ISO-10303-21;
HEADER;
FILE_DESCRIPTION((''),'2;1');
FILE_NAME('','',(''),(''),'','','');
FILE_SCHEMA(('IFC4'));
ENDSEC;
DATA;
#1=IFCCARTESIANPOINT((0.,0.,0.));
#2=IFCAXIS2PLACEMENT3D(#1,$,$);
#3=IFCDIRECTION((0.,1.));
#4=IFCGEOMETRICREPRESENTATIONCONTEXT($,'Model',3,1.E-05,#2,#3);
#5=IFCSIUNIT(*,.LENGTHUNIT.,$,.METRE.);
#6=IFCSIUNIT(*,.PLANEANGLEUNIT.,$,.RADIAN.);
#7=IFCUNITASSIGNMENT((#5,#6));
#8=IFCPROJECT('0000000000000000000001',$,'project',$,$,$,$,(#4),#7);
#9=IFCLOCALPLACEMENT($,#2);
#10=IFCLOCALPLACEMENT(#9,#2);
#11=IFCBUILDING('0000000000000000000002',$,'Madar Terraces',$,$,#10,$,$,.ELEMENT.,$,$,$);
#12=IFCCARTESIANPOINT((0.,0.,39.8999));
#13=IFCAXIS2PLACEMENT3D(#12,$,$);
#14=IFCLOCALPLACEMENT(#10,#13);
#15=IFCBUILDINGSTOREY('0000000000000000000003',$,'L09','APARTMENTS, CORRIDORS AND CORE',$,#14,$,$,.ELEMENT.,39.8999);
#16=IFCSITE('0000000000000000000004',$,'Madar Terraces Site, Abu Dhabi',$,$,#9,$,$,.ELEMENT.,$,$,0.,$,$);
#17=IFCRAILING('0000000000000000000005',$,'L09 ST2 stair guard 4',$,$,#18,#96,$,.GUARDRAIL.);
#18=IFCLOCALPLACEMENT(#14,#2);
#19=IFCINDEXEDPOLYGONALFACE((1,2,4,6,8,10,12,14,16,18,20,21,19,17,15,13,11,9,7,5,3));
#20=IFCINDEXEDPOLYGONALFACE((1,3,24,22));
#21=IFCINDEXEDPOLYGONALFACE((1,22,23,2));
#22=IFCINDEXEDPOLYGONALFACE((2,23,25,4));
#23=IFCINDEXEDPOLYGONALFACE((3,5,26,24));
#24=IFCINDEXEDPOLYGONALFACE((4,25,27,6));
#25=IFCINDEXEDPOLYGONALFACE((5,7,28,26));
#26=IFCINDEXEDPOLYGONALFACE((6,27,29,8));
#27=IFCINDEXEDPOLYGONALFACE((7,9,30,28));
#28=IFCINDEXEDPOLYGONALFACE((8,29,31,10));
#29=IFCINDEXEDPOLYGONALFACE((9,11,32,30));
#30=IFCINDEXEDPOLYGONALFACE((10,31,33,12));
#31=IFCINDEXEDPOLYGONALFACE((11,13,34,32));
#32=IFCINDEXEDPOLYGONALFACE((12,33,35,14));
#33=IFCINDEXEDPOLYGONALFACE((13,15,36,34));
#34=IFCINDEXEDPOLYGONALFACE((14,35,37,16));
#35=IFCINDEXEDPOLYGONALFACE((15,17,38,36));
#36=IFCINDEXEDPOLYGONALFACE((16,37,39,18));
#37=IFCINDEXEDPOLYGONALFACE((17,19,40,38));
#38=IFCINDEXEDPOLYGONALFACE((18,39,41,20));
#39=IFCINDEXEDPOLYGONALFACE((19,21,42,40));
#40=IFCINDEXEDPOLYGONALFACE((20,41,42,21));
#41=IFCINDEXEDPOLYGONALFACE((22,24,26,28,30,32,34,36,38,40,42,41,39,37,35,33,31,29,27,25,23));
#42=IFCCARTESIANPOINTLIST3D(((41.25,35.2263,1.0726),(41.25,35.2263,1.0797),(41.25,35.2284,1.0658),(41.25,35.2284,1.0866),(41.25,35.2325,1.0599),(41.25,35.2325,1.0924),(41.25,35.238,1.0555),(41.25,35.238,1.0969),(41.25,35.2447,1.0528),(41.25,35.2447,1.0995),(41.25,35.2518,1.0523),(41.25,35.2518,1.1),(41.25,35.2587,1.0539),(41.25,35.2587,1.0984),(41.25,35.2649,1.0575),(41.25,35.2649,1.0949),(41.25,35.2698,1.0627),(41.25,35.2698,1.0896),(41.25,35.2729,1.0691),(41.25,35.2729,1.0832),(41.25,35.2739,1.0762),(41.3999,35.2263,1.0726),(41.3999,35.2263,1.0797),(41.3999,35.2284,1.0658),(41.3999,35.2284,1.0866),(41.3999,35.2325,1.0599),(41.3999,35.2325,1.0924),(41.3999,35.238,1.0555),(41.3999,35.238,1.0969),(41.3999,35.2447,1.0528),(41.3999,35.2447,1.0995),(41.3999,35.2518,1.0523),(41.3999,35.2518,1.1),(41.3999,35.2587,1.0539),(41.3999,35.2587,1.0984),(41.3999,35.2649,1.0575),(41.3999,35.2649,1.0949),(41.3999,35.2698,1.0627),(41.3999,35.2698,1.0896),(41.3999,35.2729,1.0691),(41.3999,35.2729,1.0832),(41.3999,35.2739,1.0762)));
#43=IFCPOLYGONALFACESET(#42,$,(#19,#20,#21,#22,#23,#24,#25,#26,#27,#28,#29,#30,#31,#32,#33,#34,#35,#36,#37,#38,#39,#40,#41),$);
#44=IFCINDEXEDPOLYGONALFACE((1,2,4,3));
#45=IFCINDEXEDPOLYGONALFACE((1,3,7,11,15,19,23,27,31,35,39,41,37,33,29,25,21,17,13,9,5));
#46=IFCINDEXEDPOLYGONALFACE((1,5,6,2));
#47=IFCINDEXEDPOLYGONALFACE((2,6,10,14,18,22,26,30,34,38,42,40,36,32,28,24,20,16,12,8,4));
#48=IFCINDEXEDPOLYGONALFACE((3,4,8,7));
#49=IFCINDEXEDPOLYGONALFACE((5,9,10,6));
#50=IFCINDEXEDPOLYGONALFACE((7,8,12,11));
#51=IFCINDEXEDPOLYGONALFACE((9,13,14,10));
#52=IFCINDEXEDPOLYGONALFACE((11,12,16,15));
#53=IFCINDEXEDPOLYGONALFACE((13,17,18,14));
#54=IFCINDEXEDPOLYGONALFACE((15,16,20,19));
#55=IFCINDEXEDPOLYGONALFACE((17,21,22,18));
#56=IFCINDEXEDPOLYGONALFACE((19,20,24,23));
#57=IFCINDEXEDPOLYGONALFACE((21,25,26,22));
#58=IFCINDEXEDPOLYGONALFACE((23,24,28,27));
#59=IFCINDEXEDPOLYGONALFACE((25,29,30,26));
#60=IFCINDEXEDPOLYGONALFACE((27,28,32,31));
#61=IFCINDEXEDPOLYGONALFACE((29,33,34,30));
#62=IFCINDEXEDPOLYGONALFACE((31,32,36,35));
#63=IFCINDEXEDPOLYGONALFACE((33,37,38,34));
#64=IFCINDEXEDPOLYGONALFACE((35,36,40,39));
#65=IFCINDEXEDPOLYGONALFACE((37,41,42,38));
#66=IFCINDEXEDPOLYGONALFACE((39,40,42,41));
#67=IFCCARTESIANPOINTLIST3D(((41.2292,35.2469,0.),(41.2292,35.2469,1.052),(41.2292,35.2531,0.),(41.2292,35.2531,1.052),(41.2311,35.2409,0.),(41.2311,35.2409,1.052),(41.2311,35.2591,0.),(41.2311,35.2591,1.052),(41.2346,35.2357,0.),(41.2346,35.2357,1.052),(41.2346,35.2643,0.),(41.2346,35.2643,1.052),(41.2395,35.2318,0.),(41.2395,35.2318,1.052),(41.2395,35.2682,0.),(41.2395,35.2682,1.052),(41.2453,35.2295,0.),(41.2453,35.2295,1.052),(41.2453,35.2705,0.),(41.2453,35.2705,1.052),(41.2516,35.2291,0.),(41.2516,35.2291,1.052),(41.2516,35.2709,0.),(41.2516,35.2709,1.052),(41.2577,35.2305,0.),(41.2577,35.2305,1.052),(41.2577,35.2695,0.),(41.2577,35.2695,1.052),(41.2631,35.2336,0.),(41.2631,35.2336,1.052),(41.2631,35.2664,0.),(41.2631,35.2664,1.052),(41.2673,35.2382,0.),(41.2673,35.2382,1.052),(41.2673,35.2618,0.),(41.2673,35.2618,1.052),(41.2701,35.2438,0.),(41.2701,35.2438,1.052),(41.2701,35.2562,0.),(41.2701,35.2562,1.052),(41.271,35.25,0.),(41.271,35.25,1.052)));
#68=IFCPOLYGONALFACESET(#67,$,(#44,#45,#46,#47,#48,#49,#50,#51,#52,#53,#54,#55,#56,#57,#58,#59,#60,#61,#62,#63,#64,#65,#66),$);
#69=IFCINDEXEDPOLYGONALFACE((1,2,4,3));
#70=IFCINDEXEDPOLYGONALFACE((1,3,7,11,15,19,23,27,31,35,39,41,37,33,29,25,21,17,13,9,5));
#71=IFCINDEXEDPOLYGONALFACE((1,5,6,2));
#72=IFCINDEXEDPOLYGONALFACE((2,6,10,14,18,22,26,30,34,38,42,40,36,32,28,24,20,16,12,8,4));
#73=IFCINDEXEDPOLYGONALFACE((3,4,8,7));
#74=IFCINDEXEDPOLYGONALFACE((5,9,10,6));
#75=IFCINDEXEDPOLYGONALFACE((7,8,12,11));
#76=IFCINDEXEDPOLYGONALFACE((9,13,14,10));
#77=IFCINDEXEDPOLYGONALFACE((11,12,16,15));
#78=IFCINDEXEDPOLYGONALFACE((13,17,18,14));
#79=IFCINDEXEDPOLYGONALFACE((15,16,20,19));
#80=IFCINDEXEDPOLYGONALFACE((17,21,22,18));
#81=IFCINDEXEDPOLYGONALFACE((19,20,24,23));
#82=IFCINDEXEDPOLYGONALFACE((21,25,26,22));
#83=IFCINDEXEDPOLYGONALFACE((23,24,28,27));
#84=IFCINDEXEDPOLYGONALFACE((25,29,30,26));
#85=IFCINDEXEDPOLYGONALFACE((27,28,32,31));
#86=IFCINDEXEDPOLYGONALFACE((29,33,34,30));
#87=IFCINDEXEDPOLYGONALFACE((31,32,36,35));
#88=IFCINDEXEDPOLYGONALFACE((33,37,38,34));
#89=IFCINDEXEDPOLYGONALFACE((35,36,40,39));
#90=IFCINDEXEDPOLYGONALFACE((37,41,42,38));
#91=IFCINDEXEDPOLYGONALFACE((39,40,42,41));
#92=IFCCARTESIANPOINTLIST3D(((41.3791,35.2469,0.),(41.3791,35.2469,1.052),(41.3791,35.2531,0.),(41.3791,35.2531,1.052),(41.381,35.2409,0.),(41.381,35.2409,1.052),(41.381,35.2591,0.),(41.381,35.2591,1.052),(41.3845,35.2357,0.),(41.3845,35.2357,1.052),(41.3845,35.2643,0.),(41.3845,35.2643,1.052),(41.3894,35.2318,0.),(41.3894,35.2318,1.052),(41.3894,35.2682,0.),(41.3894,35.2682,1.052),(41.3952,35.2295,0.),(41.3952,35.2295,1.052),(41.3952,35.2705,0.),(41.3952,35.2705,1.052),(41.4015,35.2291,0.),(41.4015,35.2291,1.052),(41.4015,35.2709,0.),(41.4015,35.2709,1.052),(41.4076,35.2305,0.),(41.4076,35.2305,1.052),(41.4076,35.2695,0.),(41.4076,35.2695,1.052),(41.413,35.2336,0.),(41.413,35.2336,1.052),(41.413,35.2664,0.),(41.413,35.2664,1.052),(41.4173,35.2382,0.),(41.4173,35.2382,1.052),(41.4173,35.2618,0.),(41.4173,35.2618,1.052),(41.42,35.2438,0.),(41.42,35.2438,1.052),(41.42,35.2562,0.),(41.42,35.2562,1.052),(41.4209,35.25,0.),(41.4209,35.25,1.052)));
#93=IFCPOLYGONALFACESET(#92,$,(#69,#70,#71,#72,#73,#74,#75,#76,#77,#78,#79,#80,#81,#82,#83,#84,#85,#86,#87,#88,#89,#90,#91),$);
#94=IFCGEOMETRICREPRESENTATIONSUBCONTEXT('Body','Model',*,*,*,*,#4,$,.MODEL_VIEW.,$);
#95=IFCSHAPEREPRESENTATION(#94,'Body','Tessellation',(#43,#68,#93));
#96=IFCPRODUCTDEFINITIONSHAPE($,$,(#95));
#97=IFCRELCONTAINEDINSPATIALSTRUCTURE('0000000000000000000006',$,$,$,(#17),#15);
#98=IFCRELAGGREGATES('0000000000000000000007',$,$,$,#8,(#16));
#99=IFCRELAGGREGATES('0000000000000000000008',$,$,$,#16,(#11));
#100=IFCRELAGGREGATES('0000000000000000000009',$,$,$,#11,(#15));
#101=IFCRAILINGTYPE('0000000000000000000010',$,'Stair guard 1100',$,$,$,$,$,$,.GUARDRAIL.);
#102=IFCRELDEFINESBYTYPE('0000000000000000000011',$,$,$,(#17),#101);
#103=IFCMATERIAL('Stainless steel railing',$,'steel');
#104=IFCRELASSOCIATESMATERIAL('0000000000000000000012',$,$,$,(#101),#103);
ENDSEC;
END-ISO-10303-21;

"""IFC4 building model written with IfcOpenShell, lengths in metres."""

from ifc_helpers import new_model, si_unit, direction, frame, origin, origin_2d, place, context, subcontext, project, spatial, circle, extrude, material, type_object, element, save


model = new_model("IFC4")

# Units and contexts
model_context = context("Model", 3, precision=1e-05, world=origin(), true_north=direction((0.0, 1.0)))
body_context = subcontext(model_context, "Body", "Model", "MODEL_VIEW")
ifc_project = project(units=[si_unit("LENGTHUNIT", "METRE"), si_unit("PLANEANGLEUNIT", "RADIAN")], contexts=[model_context])

# Site, building, storey
site_placement = place(None, origin())
site = spatial("IfcSite", under=ifc_project, at=site_placement, Name="Madar Terraces Site, Abu Dhabi", CompositionType="ELEMENT", RefElevation=0.0)
building_placement = place(site_placement, origin())
building = spatial("IfcBuilding", under=site, at=building_placement, Name="Madar Terraces", CompositionType="ELEMENT")
storey_placement = place(building_placement, frame((0.0, 0.0, 39.8999)))
storey = spatial("IfcBuildingStorey", under=building, at=storey_placement, Name="L09", Description="APARTMENTS, CORRIDORS AND CORE", CompositionType="ELEMENT", Elevation=39.8999)

# Railing
ifc_material_1 = material(Name="Stainless steel railing", Category="steel")
railing_type_1 = type_object("IfcRailingType", Name="Stair guard 1100", PredefinedType="GUARDRAIL", material=ifc_material_1)
railing_1_placement = place(storey_placement, frame((41.25, 35.25, 0.0)))
element("IfcRailing", 1, at=railing_1_placement, inside=storey, type_object=railing_type_1, Name="L09 ST2 stair guard 4", PredefinedType="GUARDRAIL", context=body_context, shape_type="SweptSolid", body=[
    extrude(circle(Radius=0.0239, at=origin_2d()), frame((0.0, 0.0, 1.0762), z_axis=(1.0, 0.0, 0.0), x_axis=(0.0, 1.0, 0.0)), (0.0, 0.0, 1.0), 0.1499),
    extrude(circle(Radius=0.021, at=origin_2d()), origin(), (0.0, 0.0, 1.0), 1.052),
    extrude(circle(Radius=0.021, at=origin_2d()), frame((0.1499, 0.0, 0.0)), (0.0, 0.0, 1.0), 1.052),
])

save(model, "model.ifc")
